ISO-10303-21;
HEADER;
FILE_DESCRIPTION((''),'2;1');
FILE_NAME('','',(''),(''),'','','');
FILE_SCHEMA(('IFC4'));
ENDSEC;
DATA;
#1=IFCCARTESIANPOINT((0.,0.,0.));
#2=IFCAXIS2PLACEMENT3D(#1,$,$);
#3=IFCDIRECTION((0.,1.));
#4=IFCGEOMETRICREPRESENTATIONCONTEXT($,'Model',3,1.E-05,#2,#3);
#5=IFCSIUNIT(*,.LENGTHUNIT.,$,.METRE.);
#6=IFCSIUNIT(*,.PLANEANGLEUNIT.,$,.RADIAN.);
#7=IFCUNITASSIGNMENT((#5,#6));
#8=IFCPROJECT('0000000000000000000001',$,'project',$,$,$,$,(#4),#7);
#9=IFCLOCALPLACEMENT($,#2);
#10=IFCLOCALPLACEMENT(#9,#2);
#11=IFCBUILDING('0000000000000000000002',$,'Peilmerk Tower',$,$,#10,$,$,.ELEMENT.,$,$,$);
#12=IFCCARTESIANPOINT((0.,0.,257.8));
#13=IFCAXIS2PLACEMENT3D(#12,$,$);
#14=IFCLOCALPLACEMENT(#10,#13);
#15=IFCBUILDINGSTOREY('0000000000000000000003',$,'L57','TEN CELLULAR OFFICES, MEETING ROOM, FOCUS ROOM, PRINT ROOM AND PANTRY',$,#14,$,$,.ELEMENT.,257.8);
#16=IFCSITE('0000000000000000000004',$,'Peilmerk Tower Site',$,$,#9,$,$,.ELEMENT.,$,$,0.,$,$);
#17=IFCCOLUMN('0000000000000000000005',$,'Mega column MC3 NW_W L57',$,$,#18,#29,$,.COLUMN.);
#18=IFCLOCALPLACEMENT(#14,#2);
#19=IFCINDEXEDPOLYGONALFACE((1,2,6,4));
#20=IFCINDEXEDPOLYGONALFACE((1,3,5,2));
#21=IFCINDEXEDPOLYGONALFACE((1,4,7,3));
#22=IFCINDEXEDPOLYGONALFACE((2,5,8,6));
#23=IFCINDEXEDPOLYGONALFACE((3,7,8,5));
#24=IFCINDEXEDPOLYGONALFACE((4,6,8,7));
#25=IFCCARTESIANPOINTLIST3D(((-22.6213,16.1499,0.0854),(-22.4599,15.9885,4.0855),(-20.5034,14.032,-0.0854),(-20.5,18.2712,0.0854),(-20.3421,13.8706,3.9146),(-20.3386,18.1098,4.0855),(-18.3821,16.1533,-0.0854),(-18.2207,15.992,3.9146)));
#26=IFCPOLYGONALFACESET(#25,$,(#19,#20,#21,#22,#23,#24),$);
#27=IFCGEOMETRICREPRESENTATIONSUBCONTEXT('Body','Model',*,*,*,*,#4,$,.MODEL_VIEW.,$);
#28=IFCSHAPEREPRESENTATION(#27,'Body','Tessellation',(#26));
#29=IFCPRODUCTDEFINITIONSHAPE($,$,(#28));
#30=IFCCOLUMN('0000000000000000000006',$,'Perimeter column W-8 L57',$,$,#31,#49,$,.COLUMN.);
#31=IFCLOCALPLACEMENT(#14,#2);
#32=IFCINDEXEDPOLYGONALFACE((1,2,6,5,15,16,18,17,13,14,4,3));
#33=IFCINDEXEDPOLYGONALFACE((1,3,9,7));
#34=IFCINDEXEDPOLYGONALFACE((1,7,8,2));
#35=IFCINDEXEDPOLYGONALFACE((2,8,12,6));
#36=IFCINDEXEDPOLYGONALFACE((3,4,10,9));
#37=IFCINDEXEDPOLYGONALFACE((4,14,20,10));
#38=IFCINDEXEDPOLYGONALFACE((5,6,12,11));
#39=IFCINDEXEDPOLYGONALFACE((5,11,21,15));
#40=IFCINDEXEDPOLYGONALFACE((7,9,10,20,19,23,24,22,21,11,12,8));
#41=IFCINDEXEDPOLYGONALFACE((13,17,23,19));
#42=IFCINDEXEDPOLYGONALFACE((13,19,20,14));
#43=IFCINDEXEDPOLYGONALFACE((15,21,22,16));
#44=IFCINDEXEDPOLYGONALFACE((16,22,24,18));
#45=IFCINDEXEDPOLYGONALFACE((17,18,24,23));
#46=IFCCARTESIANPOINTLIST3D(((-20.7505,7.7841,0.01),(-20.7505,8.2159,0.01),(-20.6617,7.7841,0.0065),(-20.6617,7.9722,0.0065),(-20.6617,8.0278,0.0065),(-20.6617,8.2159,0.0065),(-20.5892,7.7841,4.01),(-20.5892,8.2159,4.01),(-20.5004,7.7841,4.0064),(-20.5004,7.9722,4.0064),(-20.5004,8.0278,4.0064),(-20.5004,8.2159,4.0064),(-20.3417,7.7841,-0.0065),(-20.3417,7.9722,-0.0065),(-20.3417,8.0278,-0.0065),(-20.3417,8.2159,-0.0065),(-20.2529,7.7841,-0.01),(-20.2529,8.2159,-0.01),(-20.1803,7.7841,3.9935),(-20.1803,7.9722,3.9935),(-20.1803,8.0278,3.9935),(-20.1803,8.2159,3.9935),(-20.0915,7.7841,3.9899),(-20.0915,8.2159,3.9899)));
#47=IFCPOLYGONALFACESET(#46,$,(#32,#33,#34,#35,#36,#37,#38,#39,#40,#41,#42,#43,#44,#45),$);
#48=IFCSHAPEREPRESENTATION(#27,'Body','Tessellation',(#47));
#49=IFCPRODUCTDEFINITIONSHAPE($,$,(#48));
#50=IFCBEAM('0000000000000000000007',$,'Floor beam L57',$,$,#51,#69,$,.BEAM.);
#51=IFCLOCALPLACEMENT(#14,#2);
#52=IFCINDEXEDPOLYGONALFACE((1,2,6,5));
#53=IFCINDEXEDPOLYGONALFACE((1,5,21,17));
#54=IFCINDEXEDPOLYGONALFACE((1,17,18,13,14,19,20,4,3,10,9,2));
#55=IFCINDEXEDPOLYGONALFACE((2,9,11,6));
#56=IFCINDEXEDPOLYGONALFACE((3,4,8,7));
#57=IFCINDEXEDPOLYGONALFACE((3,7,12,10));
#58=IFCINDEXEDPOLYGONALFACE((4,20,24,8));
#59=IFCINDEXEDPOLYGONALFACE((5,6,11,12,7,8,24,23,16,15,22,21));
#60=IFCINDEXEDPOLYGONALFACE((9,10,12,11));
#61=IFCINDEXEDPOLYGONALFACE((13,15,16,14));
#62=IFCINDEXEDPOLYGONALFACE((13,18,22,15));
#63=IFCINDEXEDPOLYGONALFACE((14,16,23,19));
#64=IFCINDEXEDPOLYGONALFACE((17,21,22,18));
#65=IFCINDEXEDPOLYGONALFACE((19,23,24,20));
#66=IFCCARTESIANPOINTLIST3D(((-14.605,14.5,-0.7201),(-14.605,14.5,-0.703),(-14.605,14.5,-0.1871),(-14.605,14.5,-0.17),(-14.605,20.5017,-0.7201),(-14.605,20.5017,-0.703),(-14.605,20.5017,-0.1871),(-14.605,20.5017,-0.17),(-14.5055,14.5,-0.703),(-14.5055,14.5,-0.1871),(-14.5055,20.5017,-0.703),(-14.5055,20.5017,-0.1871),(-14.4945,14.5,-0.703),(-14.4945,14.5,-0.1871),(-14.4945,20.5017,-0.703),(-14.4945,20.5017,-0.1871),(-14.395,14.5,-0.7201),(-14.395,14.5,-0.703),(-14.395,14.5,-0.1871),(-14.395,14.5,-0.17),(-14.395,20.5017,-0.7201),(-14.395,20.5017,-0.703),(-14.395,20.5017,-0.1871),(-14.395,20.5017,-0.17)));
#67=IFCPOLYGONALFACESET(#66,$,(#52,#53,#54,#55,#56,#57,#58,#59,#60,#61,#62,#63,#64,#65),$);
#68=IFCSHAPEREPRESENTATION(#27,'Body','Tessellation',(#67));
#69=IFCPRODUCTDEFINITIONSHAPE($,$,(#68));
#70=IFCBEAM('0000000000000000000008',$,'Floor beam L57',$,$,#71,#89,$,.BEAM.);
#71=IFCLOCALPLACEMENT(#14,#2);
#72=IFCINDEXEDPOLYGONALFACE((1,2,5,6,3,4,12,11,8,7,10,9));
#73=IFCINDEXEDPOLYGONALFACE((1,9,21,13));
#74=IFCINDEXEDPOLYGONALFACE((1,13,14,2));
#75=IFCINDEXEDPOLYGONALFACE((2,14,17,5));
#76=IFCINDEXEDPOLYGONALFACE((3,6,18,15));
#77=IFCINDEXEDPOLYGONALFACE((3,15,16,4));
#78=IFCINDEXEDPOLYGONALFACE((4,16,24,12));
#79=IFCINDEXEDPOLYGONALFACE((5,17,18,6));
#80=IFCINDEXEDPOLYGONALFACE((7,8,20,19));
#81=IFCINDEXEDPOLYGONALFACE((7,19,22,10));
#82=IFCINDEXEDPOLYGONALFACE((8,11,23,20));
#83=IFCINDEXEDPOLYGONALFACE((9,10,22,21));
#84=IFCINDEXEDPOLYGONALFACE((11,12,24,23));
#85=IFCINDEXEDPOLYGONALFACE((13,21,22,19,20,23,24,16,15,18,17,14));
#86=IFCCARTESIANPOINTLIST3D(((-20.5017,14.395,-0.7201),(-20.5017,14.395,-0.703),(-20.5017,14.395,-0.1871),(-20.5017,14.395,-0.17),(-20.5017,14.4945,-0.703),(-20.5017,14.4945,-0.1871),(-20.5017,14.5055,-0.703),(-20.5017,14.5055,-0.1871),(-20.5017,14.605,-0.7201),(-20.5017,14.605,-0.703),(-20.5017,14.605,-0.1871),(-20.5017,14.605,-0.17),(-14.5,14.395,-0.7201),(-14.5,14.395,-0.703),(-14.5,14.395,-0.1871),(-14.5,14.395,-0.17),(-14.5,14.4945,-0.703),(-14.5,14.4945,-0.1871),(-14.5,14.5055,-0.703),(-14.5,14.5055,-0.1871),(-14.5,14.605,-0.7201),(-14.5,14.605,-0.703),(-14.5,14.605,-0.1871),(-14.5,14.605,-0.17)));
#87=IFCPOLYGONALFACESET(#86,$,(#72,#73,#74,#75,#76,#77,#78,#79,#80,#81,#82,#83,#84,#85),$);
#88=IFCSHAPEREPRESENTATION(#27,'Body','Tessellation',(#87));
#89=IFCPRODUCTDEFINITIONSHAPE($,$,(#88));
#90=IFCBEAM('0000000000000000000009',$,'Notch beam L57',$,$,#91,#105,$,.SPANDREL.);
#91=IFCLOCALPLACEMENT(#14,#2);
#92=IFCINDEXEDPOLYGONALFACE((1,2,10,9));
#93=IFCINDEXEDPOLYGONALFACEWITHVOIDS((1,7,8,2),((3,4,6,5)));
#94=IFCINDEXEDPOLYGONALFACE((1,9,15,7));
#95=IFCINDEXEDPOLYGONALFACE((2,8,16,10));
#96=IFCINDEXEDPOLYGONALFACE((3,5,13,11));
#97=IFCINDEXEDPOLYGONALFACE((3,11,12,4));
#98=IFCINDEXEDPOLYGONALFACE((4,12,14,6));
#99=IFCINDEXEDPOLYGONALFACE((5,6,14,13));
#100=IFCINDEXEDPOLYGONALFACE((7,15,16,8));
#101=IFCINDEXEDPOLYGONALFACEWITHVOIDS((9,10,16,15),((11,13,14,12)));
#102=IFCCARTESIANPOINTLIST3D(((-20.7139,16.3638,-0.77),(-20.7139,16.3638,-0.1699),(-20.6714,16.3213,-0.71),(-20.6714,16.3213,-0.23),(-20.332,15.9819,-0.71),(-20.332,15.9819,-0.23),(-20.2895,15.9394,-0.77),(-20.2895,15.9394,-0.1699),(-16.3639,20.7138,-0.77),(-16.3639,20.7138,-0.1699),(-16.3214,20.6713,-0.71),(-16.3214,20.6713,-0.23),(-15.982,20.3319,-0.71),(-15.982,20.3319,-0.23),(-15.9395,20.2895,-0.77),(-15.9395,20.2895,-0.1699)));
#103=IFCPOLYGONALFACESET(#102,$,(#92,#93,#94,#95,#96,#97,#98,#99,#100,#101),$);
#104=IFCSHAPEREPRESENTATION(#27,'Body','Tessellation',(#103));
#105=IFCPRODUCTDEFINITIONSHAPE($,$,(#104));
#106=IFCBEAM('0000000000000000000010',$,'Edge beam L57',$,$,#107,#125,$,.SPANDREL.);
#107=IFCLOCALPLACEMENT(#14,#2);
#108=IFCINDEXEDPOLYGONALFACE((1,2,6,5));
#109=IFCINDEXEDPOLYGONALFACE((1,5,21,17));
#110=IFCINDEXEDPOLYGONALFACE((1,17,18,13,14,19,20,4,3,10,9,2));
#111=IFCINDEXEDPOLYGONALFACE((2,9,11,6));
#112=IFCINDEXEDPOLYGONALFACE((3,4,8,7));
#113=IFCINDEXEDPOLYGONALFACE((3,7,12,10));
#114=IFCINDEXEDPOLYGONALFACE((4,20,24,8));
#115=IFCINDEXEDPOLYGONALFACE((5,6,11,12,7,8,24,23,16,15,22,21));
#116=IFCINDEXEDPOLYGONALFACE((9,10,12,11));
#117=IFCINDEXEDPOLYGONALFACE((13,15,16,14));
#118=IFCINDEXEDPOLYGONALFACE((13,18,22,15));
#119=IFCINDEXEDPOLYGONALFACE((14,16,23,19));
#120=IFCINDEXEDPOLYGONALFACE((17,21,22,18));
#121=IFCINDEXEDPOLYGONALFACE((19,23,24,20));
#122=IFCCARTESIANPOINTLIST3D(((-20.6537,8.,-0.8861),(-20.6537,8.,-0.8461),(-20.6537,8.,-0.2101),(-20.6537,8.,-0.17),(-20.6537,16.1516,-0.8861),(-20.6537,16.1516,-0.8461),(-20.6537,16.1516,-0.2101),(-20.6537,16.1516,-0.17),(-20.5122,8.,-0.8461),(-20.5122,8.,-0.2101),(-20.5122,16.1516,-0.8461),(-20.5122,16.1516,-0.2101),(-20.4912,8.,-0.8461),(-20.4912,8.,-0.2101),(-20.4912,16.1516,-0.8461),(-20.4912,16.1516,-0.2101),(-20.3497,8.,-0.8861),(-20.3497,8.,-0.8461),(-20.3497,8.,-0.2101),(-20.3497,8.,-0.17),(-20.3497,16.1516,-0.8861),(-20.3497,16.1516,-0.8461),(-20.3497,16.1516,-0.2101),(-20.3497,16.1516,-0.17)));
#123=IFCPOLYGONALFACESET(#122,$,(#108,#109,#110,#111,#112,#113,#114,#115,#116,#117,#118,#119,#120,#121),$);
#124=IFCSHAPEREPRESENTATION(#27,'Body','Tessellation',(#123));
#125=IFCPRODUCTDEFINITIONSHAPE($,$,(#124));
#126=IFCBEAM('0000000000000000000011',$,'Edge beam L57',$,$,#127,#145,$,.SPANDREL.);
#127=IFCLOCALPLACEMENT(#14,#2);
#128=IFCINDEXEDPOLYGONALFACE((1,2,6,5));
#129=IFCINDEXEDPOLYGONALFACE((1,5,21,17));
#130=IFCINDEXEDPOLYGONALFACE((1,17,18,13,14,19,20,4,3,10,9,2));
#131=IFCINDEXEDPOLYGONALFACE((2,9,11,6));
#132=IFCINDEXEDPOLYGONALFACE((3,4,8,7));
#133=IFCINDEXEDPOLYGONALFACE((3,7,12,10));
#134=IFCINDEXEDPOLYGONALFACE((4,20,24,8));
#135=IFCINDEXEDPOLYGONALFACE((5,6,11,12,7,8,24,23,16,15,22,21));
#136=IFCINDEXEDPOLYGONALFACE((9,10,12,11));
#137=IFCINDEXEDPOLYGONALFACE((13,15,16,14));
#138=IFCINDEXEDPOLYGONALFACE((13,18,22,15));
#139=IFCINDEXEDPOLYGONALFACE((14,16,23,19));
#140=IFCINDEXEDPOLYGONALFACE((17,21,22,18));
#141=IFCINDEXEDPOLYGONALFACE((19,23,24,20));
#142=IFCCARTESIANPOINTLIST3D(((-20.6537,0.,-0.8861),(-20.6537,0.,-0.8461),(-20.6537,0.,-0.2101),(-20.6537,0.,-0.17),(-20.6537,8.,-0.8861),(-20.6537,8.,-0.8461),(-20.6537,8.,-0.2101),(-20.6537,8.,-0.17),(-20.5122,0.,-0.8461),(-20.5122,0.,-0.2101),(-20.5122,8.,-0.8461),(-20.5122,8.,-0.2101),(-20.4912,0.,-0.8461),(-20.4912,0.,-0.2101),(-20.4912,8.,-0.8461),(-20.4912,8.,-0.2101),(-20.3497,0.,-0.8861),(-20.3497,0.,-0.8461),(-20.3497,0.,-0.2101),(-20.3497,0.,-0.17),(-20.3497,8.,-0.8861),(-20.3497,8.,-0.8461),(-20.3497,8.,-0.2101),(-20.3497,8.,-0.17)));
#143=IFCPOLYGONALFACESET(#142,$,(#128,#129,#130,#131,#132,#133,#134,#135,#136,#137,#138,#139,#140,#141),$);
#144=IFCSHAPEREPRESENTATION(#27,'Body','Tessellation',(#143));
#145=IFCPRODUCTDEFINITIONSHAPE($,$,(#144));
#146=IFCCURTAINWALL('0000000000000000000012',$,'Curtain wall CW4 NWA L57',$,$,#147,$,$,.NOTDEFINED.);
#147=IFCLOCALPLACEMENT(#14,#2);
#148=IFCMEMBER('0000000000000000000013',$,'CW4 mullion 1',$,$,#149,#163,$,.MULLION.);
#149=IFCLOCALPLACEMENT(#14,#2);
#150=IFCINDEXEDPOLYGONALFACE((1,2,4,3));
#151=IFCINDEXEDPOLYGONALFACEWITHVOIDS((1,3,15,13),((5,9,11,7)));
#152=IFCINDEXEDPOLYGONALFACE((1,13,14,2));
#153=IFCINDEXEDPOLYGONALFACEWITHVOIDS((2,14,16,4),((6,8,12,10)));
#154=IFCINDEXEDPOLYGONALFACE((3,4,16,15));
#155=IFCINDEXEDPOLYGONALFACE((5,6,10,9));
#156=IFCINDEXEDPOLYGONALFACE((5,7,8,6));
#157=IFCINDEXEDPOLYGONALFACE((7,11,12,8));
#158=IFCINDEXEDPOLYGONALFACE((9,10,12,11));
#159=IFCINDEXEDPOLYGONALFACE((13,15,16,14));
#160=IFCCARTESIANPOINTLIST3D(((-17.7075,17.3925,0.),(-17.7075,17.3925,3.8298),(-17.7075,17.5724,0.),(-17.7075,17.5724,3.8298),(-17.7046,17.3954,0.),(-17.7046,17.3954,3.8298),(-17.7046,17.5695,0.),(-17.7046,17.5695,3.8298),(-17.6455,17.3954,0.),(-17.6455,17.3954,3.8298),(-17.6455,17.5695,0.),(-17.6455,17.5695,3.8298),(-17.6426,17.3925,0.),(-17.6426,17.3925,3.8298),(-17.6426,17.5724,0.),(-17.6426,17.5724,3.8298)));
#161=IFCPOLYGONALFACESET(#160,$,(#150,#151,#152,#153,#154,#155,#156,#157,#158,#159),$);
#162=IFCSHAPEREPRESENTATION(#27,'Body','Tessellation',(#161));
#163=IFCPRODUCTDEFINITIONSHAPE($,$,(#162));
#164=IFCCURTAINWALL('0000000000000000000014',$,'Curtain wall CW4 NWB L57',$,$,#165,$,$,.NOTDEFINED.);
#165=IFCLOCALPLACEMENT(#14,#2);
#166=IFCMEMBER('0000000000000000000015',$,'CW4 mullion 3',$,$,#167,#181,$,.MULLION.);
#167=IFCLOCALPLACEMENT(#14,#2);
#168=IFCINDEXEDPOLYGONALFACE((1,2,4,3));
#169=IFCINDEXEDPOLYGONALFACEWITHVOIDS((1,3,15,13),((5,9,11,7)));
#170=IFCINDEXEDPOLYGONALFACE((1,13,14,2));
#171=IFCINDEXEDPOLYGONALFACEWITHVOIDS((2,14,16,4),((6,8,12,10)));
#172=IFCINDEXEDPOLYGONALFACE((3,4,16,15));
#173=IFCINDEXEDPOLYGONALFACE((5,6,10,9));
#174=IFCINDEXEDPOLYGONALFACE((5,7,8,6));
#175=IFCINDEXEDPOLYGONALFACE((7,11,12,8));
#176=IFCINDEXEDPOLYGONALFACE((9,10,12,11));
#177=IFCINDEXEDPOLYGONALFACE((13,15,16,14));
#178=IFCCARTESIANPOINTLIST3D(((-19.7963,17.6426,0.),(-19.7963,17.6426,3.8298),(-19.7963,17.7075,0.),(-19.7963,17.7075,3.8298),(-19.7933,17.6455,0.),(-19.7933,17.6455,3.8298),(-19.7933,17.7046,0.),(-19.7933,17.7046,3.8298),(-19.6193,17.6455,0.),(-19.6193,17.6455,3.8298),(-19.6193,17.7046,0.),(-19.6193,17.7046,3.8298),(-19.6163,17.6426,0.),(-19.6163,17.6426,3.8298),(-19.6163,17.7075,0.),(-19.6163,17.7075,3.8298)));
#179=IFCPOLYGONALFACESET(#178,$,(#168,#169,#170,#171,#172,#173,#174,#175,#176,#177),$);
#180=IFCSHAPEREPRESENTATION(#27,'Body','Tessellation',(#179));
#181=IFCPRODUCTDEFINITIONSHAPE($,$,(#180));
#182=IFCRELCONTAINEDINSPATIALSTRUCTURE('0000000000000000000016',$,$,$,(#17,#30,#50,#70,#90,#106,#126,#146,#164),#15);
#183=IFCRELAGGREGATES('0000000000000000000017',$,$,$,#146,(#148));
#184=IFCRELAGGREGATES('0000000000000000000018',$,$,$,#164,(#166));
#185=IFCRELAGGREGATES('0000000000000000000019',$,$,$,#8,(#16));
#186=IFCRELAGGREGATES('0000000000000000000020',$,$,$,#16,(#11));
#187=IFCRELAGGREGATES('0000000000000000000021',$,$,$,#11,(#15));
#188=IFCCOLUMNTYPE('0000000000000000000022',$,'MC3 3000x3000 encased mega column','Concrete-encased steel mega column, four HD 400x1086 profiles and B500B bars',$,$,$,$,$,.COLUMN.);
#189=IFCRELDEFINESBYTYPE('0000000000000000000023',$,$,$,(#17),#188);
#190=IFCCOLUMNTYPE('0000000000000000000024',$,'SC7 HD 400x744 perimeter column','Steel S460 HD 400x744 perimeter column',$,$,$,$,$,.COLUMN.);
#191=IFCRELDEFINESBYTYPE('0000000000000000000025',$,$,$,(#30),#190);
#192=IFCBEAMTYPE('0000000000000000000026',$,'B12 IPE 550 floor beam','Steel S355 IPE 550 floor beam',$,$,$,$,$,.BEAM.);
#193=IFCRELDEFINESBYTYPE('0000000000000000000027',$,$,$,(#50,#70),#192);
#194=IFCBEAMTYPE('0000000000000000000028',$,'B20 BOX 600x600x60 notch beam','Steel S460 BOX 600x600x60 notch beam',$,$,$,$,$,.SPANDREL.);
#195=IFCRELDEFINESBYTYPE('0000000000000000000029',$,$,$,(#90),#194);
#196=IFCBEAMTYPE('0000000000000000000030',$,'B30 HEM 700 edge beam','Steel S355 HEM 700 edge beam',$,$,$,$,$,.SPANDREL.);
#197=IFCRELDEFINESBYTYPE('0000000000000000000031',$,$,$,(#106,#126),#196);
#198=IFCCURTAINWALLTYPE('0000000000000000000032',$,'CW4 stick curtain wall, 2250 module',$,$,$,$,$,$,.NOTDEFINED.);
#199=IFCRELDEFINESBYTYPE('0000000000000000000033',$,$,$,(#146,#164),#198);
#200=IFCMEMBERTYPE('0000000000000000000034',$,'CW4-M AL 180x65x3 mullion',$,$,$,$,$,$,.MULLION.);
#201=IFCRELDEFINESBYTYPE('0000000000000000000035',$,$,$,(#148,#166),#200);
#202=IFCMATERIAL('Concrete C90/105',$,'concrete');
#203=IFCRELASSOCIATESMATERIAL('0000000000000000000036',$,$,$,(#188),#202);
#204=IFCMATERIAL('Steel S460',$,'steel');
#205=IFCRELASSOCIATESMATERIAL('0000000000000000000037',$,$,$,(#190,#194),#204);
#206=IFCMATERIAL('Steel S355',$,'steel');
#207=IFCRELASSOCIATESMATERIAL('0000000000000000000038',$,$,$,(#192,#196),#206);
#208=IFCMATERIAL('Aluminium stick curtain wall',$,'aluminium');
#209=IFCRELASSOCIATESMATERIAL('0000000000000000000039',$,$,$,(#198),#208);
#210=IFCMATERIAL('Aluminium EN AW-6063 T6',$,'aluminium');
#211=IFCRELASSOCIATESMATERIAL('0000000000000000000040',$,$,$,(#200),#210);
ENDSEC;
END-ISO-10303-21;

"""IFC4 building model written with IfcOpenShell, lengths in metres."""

from ifc_helpers import new_model, si_unit, direction, frame, origin, origin_2d, place, context, subcontext, project, spatial, rectangle, hollow_rectangle, i_section, extrude, material, material_profile, profile_set, type_object, element, aggregate, save


model = new_model("IFC4")

# Units and contexts
model_context = context("Model", 3, precision=1e-05, world=origin(), true_north=direction((0.0, 1.0)))
body_context = subcontext(model_context, "Body", "Model", "MODEL_VIEW")
ifc_project = project(units=[si_unit("LENGTHUNIT", "METRE"), si_unit("PLANEANGLEUNIT", "RADIAN")], contexts=[model_context])

# Site, building, storey
site_placement = place(None, origin())
site = spatial("IfcSite", under=ifc_project, at=site_placement, Name="Peilmerk Tower Site", CompositionType="ELEMENT", RefElevation=0.0)
building_placement = place(site_placement, origin())
building = spatial("IfcBuilding", under=site, at=building_placement, Name="Peilmerk Tower", CompositionType="ELEMENT")
storey_placement = place(building_placement, frame((0.0, 0.0, 257.8)))
storey = spatial("IfcBuildingStorey", under=building, at=storey_placement, Name="L57", Description="TEN CELLULAR OFFICES, MEETING ROOM, FOCUS ROOM, PRINT ROOM AND PANTRY", CompositionType="ELEMENT", Elevation=257.8)

# Columns
ifc_material_1 = material(Name="Concrete C90/105", Category="concrete")
ifc_material_profile_1 = material_profile(ifc_material_1, rectangle(XDim=3.0, YDim=3.0, at=origin_2d()), Name="RC 3000x3000")
ifc_profile_set_1 = profile_set([ifc_material_profile_1], Name="Concrete C90/105")
column_type_1 = type_object("IfcColumnType", Name="MC3 3000x3000 encased mega column", Description="Concrete-encased steel mega column, four HD 400x1086 profiles and B500B bars", PredefinedType="COLUMN", material=ifc_profile_set_1)
column_1_placement = place(storey_placement, frame((-20.5017, 16.1516, 0.0), z_axis=(0.040279, -0.040279, 0.998376), x_axis=(0.707107, 0.707107, 0.0)))
element("IfcColumn", 1, at=column_1_placement, inside=storey, type_object=column_type_1, Name="Mega column MC3 NW_W L57", PredefinedType="COLUMN", context=body_context, shape_type="SweptSolid", body=[
    extrude(rectangle(XDim=3.0, YDim=3.0, at=origin_2d()), origin(), (0.0, 0.0, 1.0), 4.0066),
])
ifc_material_2 = material(Name="Steel S460", Category="steel")
ifc_material_profile_2 = material_profile(ifc_material_2, i_section(OverallWidth=0.4319, OverallDepth=0.498, WebThickness=0.0557, FlangeThickness=0.0889, at=origin_2d()), Name="HD 400x744")
ifc_profile_set_2 = profile_set([ifc_material_profile_2], Name="Steel S460")
column_type_2 = type_object("IfcColumnType", Name="SC7 HD 400x744 perimeter column", Description="Steel S460 HD 400x744 perimeter column", PredefinedType="COLUMN", material=ifc_profile_set_2)
column_2_placement = place(storey_placement, frame((-20.5017, 8.0, 0.0), z_axis=(0.040311, 0.0, 0.999187), x_axis=(0.0, 1.0, 0.0)))
element("IfcColumn", 2, at=column_2_placement, inside=storey, type_object=column_type_2, Name="Perimeter column W-8 L57", PredefinedType="COLUMN", context=body_context, shape_type="SweptSolid", body=[
    extrude(i_section(OverallWidth=0.4319, OverallDepth=0.498, WebThickness=0.0557, FlangeThickness=0.0889, at=origin_2d()), origin(), (0.0, 0.0, 1.0), 4.0032),
])

# Beams
ifc_material_3 = material(Name="Steel S355", Category="steel")
ifc_material_profile_3 = material_profile(ifc_material_3, i_section(OverallWidth=0.21, OverallDepth=0.55, WebThickness=0.011, FlangeThickness=0.0171, at=origin_2d()), Name="IPE 550")
ifc_profile_set_3 = profile_set([ifc_material_profile_3], Name="Steel S355")
beam_type_1 = type_object("IfcBeamType", Name="B12 IPE 550 floor beam", Description="Steel S355 IPE 550 floor beam", PredefinedType="BEAM", material=ifc_profile_set_3)
for number, where, z_axis, x_axis, name in (
    (3, (-14.5, 14.5, -0.4451), (0.0, 1.0, 0.0), (-1.0, 0.0, 0.0), "Floor beam L57"),
    (4, (-14.5, 14.5, -0.4451), (-1.0, 0.0, 0.0), (0.0, -1.0, 0.0), "Floor beam L57"),
):
    element("IfcBeam", number, at=place(storey_placement, frame(where, z_axis=z_axis, x_axis=x_axis)), inside=storey, type_object=beam_type_1, Name=name, PredefinedType="BEAM", context=body_context, shape_type="SweptSolid", body=[
        extrude(i_section(OverallWidth=0.21, OverallDepth=0.55, WebThickness=0.011, FlangeThickness=0.0171, at=origin_2d()), origin(), (0.0, 0.0, 1.0), 6.0017),
    ])
ifc_material_profile_4 = material_profile(ifc_material_2, hollow_rectangle(XDim=0.6001, YDim=0.6001, WallThickness=0.0601, at=origin_2d()), Name="BOX 600x600x60")
ifc_profile_set_4 = profile_set([ifc_material_profile_4], Name="Steel S460")
beam_type_2 = type_object("IfcBeamType", Name="B20 BOX 600x600x60 notch beam", Description="Steel S460 BOX 600x600x60 notch beam", PredefinedType="SPANDREL", material=ifc_profile_set_4)
beam_1_placement = place(storey_placement, frame((-20.5017, 16.1516, -0.47), z_axis=(0.707107, 0.707107, 0.0), x_axis=(-0.707107, 0.707107, 0.0)))
element("IfcBeam", 5, at=beam_1_placement, inside=storey, type_object=beam_type_2, Name="Notch beam L57", PredefinedType="SPANDREL", context=body_context, shape_type="SweptSolid", body=[
    extrude(hollow_rectangle(XDim=0.6001, YDim=0.6001, WallThickness=0.0601, at=origin_2d()), origin(), (0.0, 0.0, 1.0), 6.1519),
])
ifc_material_profile_5 = material_profile(ifc_material_3, i_section(OverallWidth=0.304, OverallDepth=0.7161, WebThickness=0.021, FlangeThickness=0.04, at=origin_2d()), Name="HEM 700")
ifc_profile_set_5 = profile_set([ifc_material_profile_5], Name="Steel S355")
beam_type_3 = type_object("IfcBeamType", Name="B30 HEM 700 edge beam", Description="Steel S355 HEM 700 edge beam", PredefinedType="SPANDREL", material=ifc_profile_set_5)
beam_2_placement = place(storey_placement, frame((-20.5017, 16.1516, -0.5281), z_axis=(0.0, -1.0, 0.0), x_axis=(1.0, 0.0, 0.0)))
element("IfcBeam", 6, at=beam_2_placement, inside=storey, type_object=beam_type_3, Name="Edge beam L57", PredefinedType="SPANDREL", context=body_context, shape_type="SweptSolid", body=[
    extrude(i_section(OverallWidth=0.304, OverallDepth=0.7161, WebThickness=0.021, FlangeThickness=0.04, at=origin_2d()), origin(), (0.0, 0.0, 1.0), 8.1516),
])
beam_3_placement = place(storey_placement, frame((-20.5017, 8.0, -0.5281), z_axis=(0.0, -1.0, 0.0), x_axis=(1.0, 0.0, 0.0)))
element("IfcBeam", 7, at=beam_3_placement, inside=storey, type_object=beam_type_3, Name="Edge beam L57", PredefinedType="SPANDREL", context=body_context, shape_type="SweptSolid", body=[
    extrude(i_section(OverallWidth=0.304, OverallDepth=0.7161, WebThickness=0.021, FlangeThickness=0.04, at=origin_2d()), origin(), (0.0, 0.0, 1.0), 8.0),
])

# Curtain walls, members
ifc_material_4 = material(Name="Aluminium stick curtain wall", Category="aluminium")
curtain_wall_type = type_object("IfcCurtainWallType", Name="CW4 stick curtain wall, 2250 module", PredefinedType="NOTDEFINED", material=ifc_material_4)
curtain_wall_1_placement = place(storey_placement, origin())
curtain_wall_1 = element("IfcCurtainWall", 8, at=curtain_wall_1_placement, inside=storey, type_object=curtain_wall_type, Name="Curtain wall CW4 NWA L57", PredefinedType="NOTDEFINED")
ifc_material_5 = material(Name="Aluminium EN AW-6063 T6", Category="aluminium")
ifc_material_profile_6 = material_profile(ifc_material_5, hollow_rectangle(XDim=0.0649, YDim=0.1799, WallThickness=0.0029, at=origin_2d()), Name="AL 180x65x3")
ifc_profile_set_6 = profile_set([ifc_material_profile_6], Name="Aluminium EN AW-6063 T6")
member_type_1 = type_object("IfcMemberType", Name="CW4-M AL 180x65x3 mullion", PredefinedType="MULLION", material=ifc_profile_set_6)
member_1_placement = place(storey_placement, frame((-17.675, 17.4824, 0.0), z_axis=(0.0, 0.0, 1.0), x_axis=(-1.0, 0.0, 0.0)))
member_1 = element("IfcMember", 9, at=member_1_placement, type_object=member_type_1, Name="CW4 mullion 1", PredefinedType="MULLION", context=body_context, shape_type="SweptSolid", body=[
    extrude(hollow_rectangle(XDim=0.0649, YDim=0.1799, WallThickness=0.0029, at=origin_2d()), origin(), (0.0, 0.0, 1.0), 3.8298),
])
curtain_wall_2_placement = place(storey_placement, origin())
curtain_wall_2 = element("IfcCurtainWall", 10, at=curtain_wall_2_placement, inside=storey, type_object=curtain_wall_type, Name="Curtain wall CW4 NWB L57", PredefinedType="NOTDEFINED")
member_2_placement = place(storey_placement, frame((-19.7063, 17.675, 0.0), z_axis=(0.0, 0.0, 1.0), x_axis=(0.0, -1.0, 0.0)))
member_2 = element("IfcMember", 11, at=member_2_placement, type_object=member_type_1, Name="CW4 mullion 3", PredefinedType="MULLION", context=body_context, shape_type="SweptSolid", body=[
    extrude(hollow_rectangle(XDim=0.0649, YDim=0.1799, WallThickness=0.0029, at=origin_2d()), origin(), (0.0, 0.0, 1.0), 3.8298),
])

aggregate(curtain_wall_1, [member_1])

aggregate(curtain_wall_2, [member_2])

save(model, "model.ifc")
